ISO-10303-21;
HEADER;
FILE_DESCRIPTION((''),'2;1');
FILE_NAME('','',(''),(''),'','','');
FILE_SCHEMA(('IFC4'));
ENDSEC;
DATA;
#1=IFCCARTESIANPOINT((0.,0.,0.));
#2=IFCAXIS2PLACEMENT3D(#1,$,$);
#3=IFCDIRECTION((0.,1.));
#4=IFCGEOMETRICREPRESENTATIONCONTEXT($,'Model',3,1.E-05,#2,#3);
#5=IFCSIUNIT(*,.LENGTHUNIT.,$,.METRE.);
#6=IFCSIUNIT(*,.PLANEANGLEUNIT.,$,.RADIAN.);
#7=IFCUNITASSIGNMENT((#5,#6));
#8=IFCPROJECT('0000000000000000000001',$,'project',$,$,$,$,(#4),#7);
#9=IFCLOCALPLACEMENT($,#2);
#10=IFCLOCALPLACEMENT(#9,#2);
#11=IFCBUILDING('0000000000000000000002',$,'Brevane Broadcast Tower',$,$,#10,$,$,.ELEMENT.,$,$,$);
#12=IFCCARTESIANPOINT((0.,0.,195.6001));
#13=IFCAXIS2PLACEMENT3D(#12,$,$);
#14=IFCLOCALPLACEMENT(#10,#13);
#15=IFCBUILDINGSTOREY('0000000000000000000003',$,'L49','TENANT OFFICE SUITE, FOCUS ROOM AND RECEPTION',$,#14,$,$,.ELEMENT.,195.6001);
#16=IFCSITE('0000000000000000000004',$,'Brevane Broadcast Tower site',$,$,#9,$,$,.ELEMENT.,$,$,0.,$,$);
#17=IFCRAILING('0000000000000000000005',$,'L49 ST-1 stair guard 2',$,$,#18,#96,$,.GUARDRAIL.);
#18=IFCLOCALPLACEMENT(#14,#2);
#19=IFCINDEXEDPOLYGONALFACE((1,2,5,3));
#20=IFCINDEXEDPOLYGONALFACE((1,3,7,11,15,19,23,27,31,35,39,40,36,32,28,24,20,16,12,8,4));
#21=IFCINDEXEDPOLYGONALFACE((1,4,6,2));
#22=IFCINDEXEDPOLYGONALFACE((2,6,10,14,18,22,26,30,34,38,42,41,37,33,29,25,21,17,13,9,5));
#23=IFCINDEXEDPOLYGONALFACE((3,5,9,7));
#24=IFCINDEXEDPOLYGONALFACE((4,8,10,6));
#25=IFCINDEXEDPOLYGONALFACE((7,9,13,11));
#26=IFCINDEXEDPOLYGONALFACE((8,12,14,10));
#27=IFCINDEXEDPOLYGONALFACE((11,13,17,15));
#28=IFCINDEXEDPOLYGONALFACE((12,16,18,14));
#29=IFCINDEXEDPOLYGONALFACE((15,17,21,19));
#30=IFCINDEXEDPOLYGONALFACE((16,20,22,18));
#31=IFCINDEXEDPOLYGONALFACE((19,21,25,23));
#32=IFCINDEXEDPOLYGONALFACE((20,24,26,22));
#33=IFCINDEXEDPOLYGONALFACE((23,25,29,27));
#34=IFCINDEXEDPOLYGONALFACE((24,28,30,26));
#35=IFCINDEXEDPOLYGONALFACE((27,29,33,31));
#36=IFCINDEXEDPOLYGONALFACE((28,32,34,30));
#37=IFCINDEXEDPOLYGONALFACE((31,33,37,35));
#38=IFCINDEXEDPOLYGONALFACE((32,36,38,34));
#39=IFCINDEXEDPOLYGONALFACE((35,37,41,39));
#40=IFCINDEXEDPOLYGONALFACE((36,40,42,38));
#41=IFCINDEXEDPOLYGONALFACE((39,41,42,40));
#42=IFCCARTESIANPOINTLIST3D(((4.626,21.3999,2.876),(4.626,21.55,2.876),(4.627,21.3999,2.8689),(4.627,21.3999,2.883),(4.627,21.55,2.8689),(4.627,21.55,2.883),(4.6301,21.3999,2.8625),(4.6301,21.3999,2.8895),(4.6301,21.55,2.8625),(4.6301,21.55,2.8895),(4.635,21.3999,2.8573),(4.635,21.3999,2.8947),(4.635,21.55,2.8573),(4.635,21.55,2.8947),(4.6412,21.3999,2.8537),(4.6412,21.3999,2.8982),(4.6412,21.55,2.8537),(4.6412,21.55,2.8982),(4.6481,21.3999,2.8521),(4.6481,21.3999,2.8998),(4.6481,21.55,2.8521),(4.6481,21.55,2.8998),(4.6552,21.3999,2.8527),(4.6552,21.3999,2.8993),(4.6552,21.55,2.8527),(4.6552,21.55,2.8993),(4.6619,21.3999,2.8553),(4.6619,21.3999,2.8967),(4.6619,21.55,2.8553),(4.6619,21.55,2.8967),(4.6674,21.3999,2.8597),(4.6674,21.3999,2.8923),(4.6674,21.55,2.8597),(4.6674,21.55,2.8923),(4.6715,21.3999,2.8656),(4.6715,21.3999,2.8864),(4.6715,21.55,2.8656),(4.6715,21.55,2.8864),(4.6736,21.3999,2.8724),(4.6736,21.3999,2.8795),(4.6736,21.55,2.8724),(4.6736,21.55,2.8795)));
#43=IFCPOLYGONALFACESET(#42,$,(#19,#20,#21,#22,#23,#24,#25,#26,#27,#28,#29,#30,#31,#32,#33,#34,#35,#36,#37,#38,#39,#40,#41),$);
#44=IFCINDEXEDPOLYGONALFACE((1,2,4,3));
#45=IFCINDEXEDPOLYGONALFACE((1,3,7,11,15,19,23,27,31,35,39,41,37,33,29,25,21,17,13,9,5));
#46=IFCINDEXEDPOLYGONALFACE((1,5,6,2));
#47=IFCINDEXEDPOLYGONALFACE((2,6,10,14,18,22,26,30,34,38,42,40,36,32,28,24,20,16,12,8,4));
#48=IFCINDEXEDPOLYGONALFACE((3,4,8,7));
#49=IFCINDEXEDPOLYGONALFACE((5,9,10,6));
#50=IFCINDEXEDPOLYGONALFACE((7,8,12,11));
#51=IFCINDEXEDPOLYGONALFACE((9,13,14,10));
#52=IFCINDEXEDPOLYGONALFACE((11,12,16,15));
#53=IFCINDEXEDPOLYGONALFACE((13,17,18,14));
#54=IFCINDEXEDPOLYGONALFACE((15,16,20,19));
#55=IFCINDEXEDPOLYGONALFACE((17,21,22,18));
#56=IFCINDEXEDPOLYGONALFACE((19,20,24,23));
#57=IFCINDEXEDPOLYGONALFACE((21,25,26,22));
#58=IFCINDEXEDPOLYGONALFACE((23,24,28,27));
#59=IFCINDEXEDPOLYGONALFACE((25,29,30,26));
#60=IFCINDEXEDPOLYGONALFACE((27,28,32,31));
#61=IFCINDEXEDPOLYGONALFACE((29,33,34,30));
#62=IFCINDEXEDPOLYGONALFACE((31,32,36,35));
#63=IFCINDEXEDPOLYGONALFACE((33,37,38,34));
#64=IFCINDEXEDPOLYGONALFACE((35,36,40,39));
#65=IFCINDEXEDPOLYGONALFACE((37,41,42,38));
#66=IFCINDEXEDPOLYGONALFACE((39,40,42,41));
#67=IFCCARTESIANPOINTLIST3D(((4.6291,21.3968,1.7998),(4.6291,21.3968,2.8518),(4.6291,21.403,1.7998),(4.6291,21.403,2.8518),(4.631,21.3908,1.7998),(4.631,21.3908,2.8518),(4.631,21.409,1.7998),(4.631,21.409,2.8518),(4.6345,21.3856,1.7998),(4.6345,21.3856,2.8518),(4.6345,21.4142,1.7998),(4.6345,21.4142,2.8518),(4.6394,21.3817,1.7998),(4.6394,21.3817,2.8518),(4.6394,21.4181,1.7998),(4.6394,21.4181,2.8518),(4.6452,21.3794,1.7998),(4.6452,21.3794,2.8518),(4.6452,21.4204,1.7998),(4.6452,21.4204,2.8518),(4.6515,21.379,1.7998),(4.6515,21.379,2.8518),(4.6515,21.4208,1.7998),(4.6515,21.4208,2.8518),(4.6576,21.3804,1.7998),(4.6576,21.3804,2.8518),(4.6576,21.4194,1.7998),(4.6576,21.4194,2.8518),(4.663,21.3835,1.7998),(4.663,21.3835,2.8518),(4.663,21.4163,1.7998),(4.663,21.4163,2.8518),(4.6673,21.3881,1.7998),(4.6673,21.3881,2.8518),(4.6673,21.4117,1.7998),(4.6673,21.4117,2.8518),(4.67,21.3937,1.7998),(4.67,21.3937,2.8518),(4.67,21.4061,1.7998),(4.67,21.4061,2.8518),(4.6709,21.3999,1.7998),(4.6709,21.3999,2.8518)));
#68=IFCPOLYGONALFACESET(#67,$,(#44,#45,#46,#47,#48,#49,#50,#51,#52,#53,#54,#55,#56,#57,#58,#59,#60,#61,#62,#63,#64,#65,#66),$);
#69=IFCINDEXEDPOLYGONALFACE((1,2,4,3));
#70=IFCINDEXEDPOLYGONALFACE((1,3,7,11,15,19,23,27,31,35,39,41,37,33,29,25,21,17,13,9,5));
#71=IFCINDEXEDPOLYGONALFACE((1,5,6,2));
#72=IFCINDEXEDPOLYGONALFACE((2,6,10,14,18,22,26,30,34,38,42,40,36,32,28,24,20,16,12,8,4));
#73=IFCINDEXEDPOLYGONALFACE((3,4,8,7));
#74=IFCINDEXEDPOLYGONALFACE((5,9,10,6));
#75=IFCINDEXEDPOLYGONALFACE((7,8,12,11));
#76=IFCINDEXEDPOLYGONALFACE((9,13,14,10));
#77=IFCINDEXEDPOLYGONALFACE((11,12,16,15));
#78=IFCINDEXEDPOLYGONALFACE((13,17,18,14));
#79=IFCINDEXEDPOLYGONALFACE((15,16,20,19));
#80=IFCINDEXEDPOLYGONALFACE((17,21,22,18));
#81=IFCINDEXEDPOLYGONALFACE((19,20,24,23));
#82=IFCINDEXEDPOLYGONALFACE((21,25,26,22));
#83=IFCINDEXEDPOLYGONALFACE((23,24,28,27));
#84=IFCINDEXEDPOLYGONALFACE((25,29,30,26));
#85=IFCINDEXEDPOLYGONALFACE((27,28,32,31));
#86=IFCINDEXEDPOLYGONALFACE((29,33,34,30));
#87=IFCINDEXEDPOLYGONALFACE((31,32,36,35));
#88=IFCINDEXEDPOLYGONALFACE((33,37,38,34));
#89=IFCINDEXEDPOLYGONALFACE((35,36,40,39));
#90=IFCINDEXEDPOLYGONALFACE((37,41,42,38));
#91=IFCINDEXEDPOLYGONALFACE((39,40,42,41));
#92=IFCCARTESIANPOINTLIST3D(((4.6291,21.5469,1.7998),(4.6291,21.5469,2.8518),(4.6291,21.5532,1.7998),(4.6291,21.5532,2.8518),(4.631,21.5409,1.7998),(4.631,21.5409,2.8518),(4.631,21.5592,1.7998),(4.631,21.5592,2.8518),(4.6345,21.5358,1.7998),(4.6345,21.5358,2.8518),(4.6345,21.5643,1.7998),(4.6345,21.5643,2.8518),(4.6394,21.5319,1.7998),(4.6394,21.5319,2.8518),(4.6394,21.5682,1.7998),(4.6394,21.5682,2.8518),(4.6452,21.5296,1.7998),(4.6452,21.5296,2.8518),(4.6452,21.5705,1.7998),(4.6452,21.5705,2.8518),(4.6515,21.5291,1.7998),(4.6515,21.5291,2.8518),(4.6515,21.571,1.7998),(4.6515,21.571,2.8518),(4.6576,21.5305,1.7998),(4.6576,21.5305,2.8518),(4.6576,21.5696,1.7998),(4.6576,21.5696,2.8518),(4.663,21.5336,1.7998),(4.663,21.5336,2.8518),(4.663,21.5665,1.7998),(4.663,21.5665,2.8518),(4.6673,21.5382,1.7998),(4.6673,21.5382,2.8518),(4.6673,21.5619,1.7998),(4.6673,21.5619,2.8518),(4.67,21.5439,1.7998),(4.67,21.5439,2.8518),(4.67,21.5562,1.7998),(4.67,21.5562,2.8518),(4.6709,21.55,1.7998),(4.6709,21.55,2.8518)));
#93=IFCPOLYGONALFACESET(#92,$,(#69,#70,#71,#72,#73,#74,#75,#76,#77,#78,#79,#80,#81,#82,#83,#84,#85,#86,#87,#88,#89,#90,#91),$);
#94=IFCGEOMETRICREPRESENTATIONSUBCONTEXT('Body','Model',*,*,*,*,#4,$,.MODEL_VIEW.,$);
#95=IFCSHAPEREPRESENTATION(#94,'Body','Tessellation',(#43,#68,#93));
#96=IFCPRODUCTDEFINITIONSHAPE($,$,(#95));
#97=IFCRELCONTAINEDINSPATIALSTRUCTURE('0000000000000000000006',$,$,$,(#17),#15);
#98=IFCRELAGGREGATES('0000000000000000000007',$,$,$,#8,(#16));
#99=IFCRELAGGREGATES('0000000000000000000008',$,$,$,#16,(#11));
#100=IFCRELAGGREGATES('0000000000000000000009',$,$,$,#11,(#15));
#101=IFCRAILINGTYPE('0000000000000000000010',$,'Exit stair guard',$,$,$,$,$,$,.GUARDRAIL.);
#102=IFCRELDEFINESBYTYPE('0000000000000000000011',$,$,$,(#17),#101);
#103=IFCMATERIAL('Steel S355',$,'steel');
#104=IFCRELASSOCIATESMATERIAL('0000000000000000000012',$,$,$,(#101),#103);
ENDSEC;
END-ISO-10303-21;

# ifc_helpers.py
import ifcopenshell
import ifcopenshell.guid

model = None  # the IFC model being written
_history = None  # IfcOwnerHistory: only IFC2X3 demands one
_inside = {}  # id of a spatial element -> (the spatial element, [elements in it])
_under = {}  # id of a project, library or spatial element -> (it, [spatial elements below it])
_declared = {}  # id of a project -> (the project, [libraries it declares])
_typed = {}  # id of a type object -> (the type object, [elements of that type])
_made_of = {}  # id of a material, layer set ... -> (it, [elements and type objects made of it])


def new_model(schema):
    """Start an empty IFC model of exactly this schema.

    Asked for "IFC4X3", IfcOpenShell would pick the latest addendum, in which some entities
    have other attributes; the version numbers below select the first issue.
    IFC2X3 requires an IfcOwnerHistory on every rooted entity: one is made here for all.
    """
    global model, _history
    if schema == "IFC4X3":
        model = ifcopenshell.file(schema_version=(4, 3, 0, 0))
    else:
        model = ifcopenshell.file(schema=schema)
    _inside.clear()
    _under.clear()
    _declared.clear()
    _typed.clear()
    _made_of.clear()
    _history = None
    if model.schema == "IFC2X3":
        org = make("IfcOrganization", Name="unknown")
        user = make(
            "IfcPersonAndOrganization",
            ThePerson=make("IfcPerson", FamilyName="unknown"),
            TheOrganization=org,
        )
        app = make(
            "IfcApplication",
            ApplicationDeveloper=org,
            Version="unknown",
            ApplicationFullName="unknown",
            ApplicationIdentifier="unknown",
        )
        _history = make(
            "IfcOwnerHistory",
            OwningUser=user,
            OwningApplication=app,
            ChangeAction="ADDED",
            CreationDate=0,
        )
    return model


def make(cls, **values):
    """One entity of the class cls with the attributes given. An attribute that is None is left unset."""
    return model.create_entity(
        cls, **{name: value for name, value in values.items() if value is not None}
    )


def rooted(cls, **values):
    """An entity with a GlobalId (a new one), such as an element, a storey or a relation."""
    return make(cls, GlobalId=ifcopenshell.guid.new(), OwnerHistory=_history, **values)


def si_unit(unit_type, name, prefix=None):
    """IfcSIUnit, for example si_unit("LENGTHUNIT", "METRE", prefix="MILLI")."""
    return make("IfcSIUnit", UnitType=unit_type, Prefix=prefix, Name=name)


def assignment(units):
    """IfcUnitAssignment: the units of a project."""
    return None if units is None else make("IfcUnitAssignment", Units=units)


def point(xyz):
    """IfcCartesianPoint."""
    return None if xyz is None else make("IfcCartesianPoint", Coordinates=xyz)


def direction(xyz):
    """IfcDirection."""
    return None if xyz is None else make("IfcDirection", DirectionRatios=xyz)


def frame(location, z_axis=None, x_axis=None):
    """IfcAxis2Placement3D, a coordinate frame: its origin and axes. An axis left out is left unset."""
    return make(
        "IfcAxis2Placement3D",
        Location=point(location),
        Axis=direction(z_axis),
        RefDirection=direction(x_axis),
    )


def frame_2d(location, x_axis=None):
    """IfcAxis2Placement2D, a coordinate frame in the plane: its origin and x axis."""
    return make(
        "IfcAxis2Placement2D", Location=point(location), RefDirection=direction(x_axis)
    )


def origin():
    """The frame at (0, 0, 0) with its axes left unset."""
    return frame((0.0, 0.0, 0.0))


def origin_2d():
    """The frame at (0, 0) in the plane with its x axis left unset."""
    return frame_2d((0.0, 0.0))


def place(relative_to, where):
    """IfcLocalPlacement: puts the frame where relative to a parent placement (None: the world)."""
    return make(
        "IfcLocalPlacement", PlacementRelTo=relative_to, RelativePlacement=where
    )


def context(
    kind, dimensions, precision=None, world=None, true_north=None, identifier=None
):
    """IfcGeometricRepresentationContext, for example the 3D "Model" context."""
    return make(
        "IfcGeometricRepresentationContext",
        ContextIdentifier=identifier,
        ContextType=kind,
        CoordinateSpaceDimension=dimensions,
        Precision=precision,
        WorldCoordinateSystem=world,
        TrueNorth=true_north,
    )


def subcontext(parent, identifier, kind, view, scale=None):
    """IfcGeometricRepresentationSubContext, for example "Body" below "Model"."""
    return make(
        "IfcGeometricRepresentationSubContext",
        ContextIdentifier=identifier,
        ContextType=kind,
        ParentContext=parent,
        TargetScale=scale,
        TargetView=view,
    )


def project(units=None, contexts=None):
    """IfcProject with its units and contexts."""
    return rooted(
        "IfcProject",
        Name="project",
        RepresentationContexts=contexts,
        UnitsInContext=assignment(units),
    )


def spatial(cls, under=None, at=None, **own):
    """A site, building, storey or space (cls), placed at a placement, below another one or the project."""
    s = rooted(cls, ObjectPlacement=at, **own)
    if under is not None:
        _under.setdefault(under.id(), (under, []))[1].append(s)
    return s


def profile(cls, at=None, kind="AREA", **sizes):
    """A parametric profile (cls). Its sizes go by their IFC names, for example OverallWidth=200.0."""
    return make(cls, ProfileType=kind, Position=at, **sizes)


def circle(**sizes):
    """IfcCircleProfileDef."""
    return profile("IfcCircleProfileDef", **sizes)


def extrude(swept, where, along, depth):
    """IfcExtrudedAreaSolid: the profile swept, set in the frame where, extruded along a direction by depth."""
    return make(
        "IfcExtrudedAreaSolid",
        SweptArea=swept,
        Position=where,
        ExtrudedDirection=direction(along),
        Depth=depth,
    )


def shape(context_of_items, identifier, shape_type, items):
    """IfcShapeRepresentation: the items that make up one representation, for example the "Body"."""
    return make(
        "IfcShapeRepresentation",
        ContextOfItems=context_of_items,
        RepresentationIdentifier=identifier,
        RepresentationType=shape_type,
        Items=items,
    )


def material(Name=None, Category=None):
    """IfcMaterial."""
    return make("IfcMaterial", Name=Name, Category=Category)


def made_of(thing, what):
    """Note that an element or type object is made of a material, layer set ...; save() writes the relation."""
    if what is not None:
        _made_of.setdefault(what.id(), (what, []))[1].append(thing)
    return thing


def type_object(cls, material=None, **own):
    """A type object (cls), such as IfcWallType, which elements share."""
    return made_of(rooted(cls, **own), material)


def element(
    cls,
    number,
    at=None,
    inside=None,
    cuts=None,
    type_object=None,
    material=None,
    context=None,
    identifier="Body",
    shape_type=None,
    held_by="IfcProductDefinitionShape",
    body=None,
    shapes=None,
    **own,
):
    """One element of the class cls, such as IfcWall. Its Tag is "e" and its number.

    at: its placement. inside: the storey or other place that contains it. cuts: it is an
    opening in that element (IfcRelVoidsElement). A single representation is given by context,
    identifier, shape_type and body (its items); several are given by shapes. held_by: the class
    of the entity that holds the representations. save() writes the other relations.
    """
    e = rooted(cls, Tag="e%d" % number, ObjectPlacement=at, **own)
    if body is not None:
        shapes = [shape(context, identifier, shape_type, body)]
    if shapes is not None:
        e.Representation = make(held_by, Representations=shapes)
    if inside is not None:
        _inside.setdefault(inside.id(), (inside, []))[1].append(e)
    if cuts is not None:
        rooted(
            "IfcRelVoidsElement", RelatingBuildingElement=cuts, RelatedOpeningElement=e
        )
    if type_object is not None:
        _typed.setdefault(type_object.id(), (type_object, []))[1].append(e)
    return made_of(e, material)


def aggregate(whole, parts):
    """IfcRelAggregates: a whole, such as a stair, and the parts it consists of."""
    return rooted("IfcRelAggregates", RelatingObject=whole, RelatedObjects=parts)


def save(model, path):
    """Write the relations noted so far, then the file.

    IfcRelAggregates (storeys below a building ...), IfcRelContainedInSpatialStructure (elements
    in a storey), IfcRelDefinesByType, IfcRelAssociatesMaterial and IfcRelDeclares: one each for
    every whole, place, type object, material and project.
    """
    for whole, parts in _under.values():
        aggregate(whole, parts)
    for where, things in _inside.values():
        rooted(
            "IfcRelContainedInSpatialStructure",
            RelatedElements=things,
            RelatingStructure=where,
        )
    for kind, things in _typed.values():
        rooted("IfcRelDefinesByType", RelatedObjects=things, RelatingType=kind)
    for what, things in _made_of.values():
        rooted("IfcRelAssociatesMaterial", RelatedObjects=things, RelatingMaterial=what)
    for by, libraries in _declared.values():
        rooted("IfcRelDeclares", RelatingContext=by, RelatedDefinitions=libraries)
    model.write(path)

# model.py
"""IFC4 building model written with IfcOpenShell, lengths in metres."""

from ifc_helpers import new_model, si_unit, direction, frame, origin, origin_2d, place, context, subcontext, project, spatial, circle, extrude, material, type_object, element, save


model = new_model("IFC4")

# Units and contexts
model_context = context("Model", 3, precision=1e-05, world=origin(), true_north=direction((0.0, 1.0)))
body_context = subcontext(model_context, "Body", "Model", "MODEL_VIEW")
ifc_project = project(units=[si_unit("LENGTHUNIT", "METRE"), si_unit("PLANEANGLEUNIT", "RADIAN")], contexts=[model_context])

# Site, building, storey
site_placement = place(None, origin())
site = spatial("IfcSite", under=ifc_project, at=site_placement, Name="Brevane Broadcast Tower site", CompositionType="ELEMENT", RefElevation=0.0)
building_placement = place(site_placement, origin())
building = spatial("IfcBuilding", under=site, at=building_placement, Name="Brevane Broadcast Tower", CompositionType="ELEMENT")
storey_placement = place(building_placement, frame((0.0, 0.0, 195.6001)))
storey = spatial("IfcBuildingStorey", under=building, at=storey_placement, Name="L49", Description="TENANT OFFICE SUITE, FOCUS ROOM AND RECEPTION", CompositionType="ELEMENT", Elevation=195.6001)

# Railing
ifc_material_1 = material(Name="Steel S355", Category="steel")
railing_type_1 = type_object("IfcRailingType", Name="Exit stair guard", PredefinedType="GUARDRAIL", material=ifc_material_1)
railing_1_placement = place(storey_placement, frame((4.6499, 21.3999, 1.7998)))
element("IfcRailing", 1, at=railing_1_placement, inside=storey, type_object=railing_type_1, Name="L49 ST-1 stair guard 2", PredefinedType="GUARDRAIL", context=body_context, shape_type="SweptSolid", body=[
    extrude(circle(Radius=0.0239, at=origin_2d()), frame((0.0, 0.0, 1.0762), z_axis=(0.0, 1.0, 0.0), x_axis=(-1.0, 0.0, 0.0)), (0.0, 0.0, 1.0), 0.1501),
    extrude(circle(Radius=0.021, at=origin_2d()), origin(), (0.0, 0.0, 1.0), 1.052),
    extrude(circle(Radius=0.021, at=origin_2d()), frame((0.0, 0.1501, 0.0)), (0.0, 0.0, 1.0), 1.052),
])

save(model, "model.ifc")
